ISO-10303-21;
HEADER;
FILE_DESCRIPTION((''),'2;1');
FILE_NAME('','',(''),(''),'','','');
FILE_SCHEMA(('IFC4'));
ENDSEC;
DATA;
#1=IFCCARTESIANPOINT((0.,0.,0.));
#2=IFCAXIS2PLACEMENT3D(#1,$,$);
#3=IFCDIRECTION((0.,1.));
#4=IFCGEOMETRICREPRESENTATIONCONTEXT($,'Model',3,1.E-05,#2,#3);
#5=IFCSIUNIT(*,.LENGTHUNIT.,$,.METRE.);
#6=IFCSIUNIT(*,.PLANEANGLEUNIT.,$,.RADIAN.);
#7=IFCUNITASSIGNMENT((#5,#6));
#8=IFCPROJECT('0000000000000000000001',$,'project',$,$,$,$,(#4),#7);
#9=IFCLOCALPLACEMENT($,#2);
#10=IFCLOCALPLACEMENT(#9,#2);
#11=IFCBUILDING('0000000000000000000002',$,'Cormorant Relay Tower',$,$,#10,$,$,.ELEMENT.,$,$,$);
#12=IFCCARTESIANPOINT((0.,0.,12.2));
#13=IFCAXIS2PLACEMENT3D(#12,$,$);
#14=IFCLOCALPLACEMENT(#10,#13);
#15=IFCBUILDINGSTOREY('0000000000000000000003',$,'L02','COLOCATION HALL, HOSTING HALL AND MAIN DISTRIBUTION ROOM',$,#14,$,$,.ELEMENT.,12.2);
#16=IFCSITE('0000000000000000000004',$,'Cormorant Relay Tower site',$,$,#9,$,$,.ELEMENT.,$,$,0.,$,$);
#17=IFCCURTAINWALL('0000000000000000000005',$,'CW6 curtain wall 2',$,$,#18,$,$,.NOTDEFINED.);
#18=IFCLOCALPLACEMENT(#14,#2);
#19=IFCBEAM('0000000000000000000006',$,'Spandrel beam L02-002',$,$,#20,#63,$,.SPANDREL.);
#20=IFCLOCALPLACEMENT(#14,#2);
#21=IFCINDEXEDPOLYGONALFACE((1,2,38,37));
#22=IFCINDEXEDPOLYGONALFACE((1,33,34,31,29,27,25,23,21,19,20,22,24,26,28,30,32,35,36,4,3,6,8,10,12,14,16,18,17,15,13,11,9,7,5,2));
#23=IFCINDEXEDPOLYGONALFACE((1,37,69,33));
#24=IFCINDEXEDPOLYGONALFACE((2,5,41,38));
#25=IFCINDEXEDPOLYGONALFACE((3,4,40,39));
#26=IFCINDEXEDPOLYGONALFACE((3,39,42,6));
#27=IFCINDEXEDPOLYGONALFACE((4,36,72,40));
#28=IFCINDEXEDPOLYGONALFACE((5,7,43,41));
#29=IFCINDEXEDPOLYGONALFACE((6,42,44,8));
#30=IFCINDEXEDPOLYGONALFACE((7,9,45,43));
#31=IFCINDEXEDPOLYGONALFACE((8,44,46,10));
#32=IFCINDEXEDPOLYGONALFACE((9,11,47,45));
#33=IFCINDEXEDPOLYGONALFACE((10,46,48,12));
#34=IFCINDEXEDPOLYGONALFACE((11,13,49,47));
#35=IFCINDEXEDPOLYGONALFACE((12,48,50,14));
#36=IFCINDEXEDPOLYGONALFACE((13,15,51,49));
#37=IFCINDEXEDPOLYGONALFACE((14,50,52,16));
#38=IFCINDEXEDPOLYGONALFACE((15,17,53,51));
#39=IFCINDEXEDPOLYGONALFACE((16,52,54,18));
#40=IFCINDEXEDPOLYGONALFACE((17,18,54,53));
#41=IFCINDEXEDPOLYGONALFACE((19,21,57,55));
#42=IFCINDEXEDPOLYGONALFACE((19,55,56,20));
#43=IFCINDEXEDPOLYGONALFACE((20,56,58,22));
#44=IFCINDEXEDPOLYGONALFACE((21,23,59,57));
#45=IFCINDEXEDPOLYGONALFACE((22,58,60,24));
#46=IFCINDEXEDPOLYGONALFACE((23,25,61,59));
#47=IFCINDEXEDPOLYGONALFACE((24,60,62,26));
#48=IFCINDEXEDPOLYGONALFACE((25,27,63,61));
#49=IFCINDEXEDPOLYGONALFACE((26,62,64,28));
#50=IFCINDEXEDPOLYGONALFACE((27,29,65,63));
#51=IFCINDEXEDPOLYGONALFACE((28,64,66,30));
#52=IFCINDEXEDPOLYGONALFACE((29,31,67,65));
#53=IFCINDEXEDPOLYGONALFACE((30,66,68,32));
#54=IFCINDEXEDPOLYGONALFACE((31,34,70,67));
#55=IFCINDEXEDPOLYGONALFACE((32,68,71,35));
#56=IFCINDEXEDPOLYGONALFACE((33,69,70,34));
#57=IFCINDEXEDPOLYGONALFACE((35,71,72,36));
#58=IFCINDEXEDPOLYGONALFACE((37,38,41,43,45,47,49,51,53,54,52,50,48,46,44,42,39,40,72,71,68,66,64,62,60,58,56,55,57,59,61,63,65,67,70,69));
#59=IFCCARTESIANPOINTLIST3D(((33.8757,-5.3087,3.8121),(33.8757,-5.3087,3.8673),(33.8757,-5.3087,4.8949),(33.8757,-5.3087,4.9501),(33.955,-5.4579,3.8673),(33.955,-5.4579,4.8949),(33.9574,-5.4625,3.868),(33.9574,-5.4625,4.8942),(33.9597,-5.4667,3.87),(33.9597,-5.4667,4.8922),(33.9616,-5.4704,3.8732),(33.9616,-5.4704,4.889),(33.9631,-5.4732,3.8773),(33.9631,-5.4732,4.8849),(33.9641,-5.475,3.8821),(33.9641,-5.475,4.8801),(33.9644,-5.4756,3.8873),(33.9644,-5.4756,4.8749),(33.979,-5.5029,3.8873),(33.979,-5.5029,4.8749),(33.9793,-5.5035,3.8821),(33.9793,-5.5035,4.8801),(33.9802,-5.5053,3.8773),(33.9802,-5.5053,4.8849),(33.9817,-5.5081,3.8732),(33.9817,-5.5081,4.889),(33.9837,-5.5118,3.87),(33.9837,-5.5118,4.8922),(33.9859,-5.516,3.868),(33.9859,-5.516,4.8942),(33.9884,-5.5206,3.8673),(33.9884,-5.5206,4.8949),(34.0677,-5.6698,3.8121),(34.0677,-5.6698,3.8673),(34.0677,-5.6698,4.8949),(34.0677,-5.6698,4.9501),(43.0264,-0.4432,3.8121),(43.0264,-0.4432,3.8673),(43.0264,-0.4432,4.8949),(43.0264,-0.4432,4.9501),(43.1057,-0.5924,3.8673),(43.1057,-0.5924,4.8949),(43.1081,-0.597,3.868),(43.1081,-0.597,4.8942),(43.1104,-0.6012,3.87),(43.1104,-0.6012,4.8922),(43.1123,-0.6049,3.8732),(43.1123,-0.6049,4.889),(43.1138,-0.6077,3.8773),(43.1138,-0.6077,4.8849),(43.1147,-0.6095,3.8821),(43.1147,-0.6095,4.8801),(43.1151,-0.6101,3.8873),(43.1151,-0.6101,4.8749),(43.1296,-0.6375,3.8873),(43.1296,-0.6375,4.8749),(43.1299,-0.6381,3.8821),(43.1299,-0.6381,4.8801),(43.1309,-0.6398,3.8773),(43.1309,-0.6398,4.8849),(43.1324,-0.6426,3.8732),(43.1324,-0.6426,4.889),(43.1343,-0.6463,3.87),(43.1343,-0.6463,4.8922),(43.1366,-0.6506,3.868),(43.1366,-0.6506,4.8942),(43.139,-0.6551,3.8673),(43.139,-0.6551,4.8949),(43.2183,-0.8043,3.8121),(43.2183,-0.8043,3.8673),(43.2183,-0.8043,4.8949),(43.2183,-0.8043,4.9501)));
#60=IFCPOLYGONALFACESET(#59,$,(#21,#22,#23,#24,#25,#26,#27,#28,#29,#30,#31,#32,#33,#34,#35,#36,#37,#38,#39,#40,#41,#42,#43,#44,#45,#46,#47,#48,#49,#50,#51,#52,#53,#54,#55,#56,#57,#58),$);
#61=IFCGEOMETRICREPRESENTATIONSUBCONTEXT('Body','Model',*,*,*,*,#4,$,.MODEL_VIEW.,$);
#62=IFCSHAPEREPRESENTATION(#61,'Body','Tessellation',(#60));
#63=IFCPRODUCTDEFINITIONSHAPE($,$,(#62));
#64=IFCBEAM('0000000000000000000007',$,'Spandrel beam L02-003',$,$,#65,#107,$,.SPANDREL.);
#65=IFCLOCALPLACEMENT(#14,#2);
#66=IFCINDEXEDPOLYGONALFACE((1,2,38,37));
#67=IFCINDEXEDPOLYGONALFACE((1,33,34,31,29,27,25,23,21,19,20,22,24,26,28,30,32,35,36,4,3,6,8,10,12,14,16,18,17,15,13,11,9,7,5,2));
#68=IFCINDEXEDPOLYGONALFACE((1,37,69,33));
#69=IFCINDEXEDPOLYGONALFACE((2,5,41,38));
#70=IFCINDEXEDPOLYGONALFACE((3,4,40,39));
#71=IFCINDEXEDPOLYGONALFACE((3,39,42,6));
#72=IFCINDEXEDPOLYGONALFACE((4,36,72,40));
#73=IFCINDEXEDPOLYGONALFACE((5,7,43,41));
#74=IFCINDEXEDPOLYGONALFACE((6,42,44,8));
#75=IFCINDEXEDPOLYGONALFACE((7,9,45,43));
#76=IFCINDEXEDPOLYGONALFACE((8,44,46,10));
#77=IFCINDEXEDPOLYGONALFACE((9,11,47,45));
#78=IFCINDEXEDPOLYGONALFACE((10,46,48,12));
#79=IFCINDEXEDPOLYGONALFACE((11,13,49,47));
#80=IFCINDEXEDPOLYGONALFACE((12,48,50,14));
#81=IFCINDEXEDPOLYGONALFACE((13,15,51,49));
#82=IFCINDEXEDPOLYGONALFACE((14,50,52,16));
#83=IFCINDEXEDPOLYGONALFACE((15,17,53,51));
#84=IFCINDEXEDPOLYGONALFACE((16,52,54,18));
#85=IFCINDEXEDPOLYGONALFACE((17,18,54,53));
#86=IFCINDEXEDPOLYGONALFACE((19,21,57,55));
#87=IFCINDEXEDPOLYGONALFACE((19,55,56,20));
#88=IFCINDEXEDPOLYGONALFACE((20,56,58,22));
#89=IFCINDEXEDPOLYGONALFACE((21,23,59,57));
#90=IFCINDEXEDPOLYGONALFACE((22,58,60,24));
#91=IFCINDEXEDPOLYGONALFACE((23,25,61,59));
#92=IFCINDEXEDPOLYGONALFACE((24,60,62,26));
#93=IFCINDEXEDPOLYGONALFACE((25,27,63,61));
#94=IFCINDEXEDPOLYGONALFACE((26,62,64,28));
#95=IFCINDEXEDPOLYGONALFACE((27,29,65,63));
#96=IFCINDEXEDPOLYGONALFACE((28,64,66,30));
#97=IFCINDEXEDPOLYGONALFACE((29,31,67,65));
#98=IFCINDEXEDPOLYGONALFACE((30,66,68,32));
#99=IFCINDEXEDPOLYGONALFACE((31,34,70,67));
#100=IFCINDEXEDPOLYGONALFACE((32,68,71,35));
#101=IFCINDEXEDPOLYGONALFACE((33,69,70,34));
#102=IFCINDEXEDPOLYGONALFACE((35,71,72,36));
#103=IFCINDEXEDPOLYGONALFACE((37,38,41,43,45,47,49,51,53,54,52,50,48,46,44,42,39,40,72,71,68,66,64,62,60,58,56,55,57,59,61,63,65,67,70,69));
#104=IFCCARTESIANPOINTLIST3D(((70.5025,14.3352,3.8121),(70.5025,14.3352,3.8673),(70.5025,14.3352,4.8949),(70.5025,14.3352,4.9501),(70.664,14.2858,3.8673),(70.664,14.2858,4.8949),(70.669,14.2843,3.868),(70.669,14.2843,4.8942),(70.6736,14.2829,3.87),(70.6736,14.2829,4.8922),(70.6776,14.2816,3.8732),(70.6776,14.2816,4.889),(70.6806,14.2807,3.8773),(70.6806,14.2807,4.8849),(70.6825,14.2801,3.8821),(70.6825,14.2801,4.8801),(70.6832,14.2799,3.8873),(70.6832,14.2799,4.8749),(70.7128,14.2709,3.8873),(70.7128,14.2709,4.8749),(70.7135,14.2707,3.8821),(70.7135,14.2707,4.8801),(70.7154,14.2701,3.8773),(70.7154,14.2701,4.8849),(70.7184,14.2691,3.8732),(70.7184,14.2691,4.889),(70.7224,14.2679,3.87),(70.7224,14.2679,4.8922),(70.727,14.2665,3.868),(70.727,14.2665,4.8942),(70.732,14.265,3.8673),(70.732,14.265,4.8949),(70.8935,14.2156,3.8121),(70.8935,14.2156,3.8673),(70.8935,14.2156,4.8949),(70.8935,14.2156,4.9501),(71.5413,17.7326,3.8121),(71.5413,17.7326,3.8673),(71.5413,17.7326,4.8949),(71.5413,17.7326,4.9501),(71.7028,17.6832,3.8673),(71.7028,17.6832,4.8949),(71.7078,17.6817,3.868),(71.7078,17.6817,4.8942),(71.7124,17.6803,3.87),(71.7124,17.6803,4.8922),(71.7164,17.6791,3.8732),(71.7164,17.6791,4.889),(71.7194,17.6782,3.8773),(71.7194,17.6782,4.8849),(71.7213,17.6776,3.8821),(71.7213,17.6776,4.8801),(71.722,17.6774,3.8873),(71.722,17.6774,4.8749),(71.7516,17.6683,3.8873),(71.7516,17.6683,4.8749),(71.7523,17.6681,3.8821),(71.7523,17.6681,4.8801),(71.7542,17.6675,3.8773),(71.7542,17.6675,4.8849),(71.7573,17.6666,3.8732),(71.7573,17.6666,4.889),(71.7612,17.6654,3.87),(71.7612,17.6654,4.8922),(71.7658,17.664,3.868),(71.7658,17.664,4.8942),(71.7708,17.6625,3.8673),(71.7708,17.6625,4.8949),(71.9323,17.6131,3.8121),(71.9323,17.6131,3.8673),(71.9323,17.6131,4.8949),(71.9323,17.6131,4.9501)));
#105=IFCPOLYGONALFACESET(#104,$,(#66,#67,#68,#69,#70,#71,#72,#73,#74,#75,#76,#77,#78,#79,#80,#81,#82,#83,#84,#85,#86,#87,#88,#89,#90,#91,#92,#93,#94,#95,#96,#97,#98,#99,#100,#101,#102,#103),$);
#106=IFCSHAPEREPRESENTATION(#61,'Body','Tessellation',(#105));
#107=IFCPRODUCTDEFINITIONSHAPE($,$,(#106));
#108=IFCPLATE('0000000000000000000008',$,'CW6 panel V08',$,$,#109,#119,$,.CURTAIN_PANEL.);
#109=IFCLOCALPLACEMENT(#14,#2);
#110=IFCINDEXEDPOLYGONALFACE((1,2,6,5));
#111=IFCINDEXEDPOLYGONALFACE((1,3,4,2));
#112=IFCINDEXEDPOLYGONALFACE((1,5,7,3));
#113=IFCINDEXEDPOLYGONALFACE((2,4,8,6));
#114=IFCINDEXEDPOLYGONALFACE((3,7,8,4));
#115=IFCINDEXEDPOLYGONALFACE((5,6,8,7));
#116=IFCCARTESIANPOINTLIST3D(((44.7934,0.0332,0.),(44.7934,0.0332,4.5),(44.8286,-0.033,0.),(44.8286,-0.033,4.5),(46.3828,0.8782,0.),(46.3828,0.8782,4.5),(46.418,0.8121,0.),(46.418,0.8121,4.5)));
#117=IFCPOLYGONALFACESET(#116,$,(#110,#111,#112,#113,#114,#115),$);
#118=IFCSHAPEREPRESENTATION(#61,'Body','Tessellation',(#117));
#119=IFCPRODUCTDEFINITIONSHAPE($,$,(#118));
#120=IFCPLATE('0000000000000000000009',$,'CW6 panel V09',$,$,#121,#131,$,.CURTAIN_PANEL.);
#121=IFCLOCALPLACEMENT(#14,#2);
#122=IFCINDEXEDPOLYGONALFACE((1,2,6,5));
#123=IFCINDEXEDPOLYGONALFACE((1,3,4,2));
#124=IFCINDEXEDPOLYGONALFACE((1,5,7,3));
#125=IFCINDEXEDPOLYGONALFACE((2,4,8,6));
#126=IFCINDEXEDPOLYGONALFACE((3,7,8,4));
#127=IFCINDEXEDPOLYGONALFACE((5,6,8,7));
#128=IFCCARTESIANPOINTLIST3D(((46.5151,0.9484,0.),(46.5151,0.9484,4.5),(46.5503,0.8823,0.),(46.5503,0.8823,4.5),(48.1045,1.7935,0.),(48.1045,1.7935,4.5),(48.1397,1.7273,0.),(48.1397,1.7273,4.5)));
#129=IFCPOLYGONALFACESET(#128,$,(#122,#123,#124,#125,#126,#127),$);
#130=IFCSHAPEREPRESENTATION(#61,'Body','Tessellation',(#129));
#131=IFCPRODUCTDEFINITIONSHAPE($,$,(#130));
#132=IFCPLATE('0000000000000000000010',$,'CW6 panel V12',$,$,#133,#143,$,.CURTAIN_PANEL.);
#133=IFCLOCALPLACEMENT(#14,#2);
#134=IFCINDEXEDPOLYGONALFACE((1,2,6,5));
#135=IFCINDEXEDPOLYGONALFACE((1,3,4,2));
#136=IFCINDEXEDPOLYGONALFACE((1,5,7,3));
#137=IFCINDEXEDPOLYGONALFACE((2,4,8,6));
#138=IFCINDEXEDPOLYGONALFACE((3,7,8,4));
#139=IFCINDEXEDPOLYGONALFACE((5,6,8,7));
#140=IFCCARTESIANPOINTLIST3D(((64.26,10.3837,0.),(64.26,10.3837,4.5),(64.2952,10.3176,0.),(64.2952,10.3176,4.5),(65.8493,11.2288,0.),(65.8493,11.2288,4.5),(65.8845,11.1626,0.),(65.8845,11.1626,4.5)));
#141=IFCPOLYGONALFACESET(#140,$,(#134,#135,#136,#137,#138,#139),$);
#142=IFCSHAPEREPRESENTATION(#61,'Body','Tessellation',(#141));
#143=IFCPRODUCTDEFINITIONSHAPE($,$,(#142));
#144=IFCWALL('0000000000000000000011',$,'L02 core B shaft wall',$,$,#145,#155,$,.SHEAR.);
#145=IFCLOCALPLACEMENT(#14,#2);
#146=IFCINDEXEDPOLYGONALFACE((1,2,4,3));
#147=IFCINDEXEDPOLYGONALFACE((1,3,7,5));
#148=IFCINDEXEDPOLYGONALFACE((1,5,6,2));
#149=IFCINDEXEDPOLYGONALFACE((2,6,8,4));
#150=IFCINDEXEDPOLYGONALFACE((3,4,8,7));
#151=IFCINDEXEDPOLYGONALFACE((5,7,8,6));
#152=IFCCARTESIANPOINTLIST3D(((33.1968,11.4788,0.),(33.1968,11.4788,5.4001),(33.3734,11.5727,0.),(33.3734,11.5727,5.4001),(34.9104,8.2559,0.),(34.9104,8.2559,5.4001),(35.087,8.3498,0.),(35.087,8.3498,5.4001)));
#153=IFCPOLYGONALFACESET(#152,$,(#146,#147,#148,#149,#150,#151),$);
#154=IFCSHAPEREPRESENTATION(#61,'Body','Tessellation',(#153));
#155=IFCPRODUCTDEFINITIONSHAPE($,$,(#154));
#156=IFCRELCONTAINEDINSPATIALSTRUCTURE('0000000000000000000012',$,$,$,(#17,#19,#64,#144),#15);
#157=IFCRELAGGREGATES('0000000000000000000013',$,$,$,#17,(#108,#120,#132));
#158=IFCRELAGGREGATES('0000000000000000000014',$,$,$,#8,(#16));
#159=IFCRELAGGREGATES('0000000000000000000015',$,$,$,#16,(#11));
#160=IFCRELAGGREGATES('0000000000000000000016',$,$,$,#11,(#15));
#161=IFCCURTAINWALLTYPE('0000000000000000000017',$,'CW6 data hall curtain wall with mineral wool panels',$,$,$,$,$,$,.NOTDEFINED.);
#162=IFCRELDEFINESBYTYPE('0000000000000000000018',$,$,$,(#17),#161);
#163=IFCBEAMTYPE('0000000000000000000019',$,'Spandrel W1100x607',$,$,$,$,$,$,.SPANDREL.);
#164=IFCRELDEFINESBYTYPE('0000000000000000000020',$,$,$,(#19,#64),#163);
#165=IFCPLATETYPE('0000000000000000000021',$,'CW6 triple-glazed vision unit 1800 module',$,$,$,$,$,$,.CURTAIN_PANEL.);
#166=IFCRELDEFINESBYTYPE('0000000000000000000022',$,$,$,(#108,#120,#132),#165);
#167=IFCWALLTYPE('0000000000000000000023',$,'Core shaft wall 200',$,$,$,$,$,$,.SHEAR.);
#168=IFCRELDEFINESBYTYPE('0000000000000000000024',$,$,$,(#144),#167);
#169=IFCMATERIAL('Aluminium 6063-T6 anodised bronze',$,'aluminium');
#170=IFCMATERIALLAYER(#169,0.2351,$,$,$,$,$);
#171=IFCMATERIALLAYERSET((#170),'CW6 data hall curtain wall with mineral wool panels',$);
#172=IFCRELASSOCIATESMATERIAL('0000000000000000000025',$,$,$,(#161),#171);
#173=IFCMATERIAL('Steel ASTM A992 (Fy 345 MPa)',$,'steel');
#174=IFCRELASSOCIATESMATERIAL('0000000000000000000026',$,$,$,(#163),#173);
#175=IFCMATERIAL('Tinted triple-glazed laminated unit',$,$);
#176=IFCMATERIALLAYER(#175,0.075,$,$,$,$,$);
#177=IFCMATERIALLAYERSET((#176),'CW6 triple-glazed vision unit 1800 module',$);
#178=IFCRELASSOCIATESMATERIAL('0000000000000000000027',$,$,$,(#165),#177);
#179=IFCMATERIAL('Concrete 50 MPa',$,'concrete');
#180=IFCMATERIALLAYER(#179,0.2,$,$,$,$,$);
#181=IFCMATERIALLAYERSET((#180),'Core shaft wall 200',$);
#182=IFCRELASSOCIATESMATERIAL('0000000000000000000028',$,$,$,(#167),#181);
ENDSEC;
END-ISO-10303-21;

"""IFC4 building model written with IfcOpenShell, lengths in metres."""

from ifc_helpers import new_model, si_unit, direction, frame, frame_2d, origin, origin_2d, place, context, subcontext, project, spatial, rectangle, i_section, extrude, material, layer, layer_set, material_profile, profile_set, type_object, element, aggregate, save


model = new_model("IFC4")

# Units and contexts
model_context = context("Model", 3, precision=1e-05, world=origin(), true_north=direction((0.0, 1.0)))
body_context = subcontext(model_context, "Body", "Model", "MODEL_VIEW")
ifc_project = project(units=[si_unit("LENGTHUNIT", "METRE"), si_unit("PLANEANGLEUNIT", "RADIAN")], contexts=[model_context])

# Site, building, storey
site_placement = place(None, origin())
site = spatial("IfcSite", under=ifc_project, at=site_placement, Name="Cormorant Relay Tower site", CompositionType="ELEMENT", RefElevation=0.0)
building_placement = place(site_placement, origin())
building = spatial("IfcBuilding", under=site, at=building_placement, Name="Cormorant Relay Tower", CompositionType="ELEMENT")
storey_placement = place(building_placement, frame((0.0, 0.0, 12.2)))
storey = spatial("IfcBuildingStorey", under=building, at=storey_placement, Name="L02", Description="COLOCATION HALL, HOSTING HALL AND MAIN DISTRIBUTION ROOM", CompositionType="ELEMENT", Elevation=12.2)

# Curtain wall
ifc_material_1 = material(Name="Aluminium 6063-T6 anodised bronze", Category="aluminium")
ifc_layer_1 = layer(ifc_material_1, 0.2351)
ifc_layer_set_1 = layer_set([ifc_layer_1], Name="CW6 data hall curtain wall with mineral wool panels")
curtain_wall_type = type_object("IfcCurtainWallType", Name="CW6 data hall curtain wall with mineral wool panels", PredefinedType="NOTDEFINED", material=ifc_layer_set_1)
curtain_wall_1_placement = place(storey_placement, origin())
curtain_wall_1 = element("IfcCurtainWall", 1, at=curtain_wall_1_placement, inside=storey, type_object=curtain_wall_type, Name="CW6 curtain wall 2", PredefinedType="NOTDEFINED")

# Beams
ifc_material_2 = material(Name="Steel ASTM A992 (Fy 345 MPa)", Category="steel")
ifc_material_profile_1 = material_profile(ifc_material_2, i_section(OverallWidth=0.4089, OverallDepth=1.1379, WebThickness=0.031, FlangeThickness=0.0552, FilletRadius=0.02, at=origin_2d()), Name="W1100x607")
ifc_profile_set_1 = profile_set([ifc_material_profile_1], Name="Steel ASTM A992 (Fy 345 MPa)")
beam_type = type_object("IfcBeamType", Name="Spandrel W1100x607", PredefinedType="SPANDREL", material=ifc_profile_set_1)
beam_1_placement = place(storey_placement, frame((33.9717, -5.4893, 4.3811), z_axis=(0.882948, 0.469472, 0.0), x_axis=(-0.469472, 0.882948, 0.0)))
element("IfcBeam", 2, at=beam_1_placement, inside=storey, type_object=beam_type, Name="Spandrel beam L02-002", PredefinedType="SPANDREL", context=body_context, shape_type="SweptSolid", body=[
    extrude(i_section(OverallWidth=0.4089, OverallDepth=1.1379, WebThickness=0.031, FlangeThickness=0.0552, FilletRadius=0.02, at=origin_2d()), origin(), (0.0, 0.0, 1.0), 10.3638),
])
beam_2_placement = place(storey_placement, frame((70.698, 14.2754, 4.3811), z_axis=(0.2924, 0.956296, 0.0), x_axis=(-0.956296, 0.2924, 0.0)))
element("IfcBeam", 3, at=beam_2_placement, inside=storey, type_object=beam_type, Name="Spandrel beam L02-003", PredefinedType="SPANDREL", context=body_context, shape_type="SweptSolid", body=[
    extrude(i_section(OverallWidth=0.4089, OverallDepth=1.1379, WebThickness=0.031, FlangeThickness=0.0552, FilletRadius=0.02, at=origin_2d()), origin(), (0.0, 0.0, 1.0), 3.5527),
])

# Plates
ifc_material_3 = material(Name="Tinted triple-glazed laminated unit")
ifc_layer_2 = layer(ifc_material_3, 0.075)
ifc_layer_set_2 = layer_set([ifc_layer_2], Name="CW6 triple-glazed vision unit 1800 module")
plate_type = type_object("IfcPlateType", Name="CW6 triple-glazed vision unit 1800 module", PredefinedType="CURTAIN_PANEL", material=ifc_layer_set_2)
plate_1_placement = place(storey_placement, frame((45.6057, 0.4226, 0.0), z_axis=(0.0, 0.0, 1.0), x_axis=(0.882948, 0.469472, 0.0)))
plate_1 = element("IfcPlate", 4, at=plate_1_placement, type_object=plate_type, Name="CW6 panel V08", PredefinedType="CURTAIN_PANEL", context=body_context, shape_type="SweptSolid", body=[
    extrude(rectangle(XDim=1.8, YDim=0.075, at=origin_2d()), origin(), (0.0, 0.0, 1.0), 4.5),
])
plate_2_placement = place(storey_placement, frame((47.3274, 1.3379, 0.0), z_axis=(0.0, 0.0, 1.0), x_axis=(0.882948, 0.469472, 0.0)))
plate_2 = element("IfcPlate", 5, at=plate_2_placement, type_object=plate_type, Name="CW6 panel V09", PredefinedType="CURTAIN_PANEL", context=body_context, shape_type="SweptSolid", body=[
    extrude(rectangle(XDim=1.8, YDim=0.075, at=origin_2d()), origin(), (0.0, 0.0, 1.0), 4.5),
])
plate_3_placement = place(storey_placement, frame((65.0723, 10.7732, 0.0), z_axis=(0.0, 0.0, 1.0), x_axis=(0.882948, 0.469472, 0.0)))
plate_3 = element("IfcPlate", 6, at=plate_3_placement, type_object=plate_type, Name="CW6 panel V12", PredefinedType="CURTAIN_PANEL", context=body_context, shape_type="SweptSolid", body=[
    extrude(rectangle(XDim=1.8, YDim=0.075, at=origin_2d()), origin(), (0.0, 0.0, 1.0), 4.5),
])

# Wall
ifc_material_4 = material(Name="Concrete 50 MPa", Category="concrete")
ifc_layer_3 = layer(ifc_material_4, 0.2)
ifc_layer_set_3 = layer_set([ifc_layer_3], Name="Core shaft wall 200")
wall_type_1 = type_object("IfcWallType", Name="Core shaft wall 200", PredefinedType="SHEAR", material=ifc_layer_set_3)
wall_1_placement = place(storey_placement, frame((34.9988, 8.3027, 0.0), z_axis=(0.0, 0.0, 1.0), x_axis=(-0.469467, 0.88295, 0.0)))
element("IfcWall", 7, at=wall_1_placement, inside=storey, type_object=wall_type_1, Name="L02 core B shaft wall", PredefinedType="SHEAR", context=body_context, shape_type="SweptSolid", body=[
    extrude(rectangle(XDim=3.6501, YDim=0.2, at=frame_2d((1.8252, 0.0))), origin(), (0.0, 0.0, 1.0), 5.4001),
])

aggregate(curtain_wall_1, [plate_1, plate_2, plate_3])

save(model, "model.ifc")
